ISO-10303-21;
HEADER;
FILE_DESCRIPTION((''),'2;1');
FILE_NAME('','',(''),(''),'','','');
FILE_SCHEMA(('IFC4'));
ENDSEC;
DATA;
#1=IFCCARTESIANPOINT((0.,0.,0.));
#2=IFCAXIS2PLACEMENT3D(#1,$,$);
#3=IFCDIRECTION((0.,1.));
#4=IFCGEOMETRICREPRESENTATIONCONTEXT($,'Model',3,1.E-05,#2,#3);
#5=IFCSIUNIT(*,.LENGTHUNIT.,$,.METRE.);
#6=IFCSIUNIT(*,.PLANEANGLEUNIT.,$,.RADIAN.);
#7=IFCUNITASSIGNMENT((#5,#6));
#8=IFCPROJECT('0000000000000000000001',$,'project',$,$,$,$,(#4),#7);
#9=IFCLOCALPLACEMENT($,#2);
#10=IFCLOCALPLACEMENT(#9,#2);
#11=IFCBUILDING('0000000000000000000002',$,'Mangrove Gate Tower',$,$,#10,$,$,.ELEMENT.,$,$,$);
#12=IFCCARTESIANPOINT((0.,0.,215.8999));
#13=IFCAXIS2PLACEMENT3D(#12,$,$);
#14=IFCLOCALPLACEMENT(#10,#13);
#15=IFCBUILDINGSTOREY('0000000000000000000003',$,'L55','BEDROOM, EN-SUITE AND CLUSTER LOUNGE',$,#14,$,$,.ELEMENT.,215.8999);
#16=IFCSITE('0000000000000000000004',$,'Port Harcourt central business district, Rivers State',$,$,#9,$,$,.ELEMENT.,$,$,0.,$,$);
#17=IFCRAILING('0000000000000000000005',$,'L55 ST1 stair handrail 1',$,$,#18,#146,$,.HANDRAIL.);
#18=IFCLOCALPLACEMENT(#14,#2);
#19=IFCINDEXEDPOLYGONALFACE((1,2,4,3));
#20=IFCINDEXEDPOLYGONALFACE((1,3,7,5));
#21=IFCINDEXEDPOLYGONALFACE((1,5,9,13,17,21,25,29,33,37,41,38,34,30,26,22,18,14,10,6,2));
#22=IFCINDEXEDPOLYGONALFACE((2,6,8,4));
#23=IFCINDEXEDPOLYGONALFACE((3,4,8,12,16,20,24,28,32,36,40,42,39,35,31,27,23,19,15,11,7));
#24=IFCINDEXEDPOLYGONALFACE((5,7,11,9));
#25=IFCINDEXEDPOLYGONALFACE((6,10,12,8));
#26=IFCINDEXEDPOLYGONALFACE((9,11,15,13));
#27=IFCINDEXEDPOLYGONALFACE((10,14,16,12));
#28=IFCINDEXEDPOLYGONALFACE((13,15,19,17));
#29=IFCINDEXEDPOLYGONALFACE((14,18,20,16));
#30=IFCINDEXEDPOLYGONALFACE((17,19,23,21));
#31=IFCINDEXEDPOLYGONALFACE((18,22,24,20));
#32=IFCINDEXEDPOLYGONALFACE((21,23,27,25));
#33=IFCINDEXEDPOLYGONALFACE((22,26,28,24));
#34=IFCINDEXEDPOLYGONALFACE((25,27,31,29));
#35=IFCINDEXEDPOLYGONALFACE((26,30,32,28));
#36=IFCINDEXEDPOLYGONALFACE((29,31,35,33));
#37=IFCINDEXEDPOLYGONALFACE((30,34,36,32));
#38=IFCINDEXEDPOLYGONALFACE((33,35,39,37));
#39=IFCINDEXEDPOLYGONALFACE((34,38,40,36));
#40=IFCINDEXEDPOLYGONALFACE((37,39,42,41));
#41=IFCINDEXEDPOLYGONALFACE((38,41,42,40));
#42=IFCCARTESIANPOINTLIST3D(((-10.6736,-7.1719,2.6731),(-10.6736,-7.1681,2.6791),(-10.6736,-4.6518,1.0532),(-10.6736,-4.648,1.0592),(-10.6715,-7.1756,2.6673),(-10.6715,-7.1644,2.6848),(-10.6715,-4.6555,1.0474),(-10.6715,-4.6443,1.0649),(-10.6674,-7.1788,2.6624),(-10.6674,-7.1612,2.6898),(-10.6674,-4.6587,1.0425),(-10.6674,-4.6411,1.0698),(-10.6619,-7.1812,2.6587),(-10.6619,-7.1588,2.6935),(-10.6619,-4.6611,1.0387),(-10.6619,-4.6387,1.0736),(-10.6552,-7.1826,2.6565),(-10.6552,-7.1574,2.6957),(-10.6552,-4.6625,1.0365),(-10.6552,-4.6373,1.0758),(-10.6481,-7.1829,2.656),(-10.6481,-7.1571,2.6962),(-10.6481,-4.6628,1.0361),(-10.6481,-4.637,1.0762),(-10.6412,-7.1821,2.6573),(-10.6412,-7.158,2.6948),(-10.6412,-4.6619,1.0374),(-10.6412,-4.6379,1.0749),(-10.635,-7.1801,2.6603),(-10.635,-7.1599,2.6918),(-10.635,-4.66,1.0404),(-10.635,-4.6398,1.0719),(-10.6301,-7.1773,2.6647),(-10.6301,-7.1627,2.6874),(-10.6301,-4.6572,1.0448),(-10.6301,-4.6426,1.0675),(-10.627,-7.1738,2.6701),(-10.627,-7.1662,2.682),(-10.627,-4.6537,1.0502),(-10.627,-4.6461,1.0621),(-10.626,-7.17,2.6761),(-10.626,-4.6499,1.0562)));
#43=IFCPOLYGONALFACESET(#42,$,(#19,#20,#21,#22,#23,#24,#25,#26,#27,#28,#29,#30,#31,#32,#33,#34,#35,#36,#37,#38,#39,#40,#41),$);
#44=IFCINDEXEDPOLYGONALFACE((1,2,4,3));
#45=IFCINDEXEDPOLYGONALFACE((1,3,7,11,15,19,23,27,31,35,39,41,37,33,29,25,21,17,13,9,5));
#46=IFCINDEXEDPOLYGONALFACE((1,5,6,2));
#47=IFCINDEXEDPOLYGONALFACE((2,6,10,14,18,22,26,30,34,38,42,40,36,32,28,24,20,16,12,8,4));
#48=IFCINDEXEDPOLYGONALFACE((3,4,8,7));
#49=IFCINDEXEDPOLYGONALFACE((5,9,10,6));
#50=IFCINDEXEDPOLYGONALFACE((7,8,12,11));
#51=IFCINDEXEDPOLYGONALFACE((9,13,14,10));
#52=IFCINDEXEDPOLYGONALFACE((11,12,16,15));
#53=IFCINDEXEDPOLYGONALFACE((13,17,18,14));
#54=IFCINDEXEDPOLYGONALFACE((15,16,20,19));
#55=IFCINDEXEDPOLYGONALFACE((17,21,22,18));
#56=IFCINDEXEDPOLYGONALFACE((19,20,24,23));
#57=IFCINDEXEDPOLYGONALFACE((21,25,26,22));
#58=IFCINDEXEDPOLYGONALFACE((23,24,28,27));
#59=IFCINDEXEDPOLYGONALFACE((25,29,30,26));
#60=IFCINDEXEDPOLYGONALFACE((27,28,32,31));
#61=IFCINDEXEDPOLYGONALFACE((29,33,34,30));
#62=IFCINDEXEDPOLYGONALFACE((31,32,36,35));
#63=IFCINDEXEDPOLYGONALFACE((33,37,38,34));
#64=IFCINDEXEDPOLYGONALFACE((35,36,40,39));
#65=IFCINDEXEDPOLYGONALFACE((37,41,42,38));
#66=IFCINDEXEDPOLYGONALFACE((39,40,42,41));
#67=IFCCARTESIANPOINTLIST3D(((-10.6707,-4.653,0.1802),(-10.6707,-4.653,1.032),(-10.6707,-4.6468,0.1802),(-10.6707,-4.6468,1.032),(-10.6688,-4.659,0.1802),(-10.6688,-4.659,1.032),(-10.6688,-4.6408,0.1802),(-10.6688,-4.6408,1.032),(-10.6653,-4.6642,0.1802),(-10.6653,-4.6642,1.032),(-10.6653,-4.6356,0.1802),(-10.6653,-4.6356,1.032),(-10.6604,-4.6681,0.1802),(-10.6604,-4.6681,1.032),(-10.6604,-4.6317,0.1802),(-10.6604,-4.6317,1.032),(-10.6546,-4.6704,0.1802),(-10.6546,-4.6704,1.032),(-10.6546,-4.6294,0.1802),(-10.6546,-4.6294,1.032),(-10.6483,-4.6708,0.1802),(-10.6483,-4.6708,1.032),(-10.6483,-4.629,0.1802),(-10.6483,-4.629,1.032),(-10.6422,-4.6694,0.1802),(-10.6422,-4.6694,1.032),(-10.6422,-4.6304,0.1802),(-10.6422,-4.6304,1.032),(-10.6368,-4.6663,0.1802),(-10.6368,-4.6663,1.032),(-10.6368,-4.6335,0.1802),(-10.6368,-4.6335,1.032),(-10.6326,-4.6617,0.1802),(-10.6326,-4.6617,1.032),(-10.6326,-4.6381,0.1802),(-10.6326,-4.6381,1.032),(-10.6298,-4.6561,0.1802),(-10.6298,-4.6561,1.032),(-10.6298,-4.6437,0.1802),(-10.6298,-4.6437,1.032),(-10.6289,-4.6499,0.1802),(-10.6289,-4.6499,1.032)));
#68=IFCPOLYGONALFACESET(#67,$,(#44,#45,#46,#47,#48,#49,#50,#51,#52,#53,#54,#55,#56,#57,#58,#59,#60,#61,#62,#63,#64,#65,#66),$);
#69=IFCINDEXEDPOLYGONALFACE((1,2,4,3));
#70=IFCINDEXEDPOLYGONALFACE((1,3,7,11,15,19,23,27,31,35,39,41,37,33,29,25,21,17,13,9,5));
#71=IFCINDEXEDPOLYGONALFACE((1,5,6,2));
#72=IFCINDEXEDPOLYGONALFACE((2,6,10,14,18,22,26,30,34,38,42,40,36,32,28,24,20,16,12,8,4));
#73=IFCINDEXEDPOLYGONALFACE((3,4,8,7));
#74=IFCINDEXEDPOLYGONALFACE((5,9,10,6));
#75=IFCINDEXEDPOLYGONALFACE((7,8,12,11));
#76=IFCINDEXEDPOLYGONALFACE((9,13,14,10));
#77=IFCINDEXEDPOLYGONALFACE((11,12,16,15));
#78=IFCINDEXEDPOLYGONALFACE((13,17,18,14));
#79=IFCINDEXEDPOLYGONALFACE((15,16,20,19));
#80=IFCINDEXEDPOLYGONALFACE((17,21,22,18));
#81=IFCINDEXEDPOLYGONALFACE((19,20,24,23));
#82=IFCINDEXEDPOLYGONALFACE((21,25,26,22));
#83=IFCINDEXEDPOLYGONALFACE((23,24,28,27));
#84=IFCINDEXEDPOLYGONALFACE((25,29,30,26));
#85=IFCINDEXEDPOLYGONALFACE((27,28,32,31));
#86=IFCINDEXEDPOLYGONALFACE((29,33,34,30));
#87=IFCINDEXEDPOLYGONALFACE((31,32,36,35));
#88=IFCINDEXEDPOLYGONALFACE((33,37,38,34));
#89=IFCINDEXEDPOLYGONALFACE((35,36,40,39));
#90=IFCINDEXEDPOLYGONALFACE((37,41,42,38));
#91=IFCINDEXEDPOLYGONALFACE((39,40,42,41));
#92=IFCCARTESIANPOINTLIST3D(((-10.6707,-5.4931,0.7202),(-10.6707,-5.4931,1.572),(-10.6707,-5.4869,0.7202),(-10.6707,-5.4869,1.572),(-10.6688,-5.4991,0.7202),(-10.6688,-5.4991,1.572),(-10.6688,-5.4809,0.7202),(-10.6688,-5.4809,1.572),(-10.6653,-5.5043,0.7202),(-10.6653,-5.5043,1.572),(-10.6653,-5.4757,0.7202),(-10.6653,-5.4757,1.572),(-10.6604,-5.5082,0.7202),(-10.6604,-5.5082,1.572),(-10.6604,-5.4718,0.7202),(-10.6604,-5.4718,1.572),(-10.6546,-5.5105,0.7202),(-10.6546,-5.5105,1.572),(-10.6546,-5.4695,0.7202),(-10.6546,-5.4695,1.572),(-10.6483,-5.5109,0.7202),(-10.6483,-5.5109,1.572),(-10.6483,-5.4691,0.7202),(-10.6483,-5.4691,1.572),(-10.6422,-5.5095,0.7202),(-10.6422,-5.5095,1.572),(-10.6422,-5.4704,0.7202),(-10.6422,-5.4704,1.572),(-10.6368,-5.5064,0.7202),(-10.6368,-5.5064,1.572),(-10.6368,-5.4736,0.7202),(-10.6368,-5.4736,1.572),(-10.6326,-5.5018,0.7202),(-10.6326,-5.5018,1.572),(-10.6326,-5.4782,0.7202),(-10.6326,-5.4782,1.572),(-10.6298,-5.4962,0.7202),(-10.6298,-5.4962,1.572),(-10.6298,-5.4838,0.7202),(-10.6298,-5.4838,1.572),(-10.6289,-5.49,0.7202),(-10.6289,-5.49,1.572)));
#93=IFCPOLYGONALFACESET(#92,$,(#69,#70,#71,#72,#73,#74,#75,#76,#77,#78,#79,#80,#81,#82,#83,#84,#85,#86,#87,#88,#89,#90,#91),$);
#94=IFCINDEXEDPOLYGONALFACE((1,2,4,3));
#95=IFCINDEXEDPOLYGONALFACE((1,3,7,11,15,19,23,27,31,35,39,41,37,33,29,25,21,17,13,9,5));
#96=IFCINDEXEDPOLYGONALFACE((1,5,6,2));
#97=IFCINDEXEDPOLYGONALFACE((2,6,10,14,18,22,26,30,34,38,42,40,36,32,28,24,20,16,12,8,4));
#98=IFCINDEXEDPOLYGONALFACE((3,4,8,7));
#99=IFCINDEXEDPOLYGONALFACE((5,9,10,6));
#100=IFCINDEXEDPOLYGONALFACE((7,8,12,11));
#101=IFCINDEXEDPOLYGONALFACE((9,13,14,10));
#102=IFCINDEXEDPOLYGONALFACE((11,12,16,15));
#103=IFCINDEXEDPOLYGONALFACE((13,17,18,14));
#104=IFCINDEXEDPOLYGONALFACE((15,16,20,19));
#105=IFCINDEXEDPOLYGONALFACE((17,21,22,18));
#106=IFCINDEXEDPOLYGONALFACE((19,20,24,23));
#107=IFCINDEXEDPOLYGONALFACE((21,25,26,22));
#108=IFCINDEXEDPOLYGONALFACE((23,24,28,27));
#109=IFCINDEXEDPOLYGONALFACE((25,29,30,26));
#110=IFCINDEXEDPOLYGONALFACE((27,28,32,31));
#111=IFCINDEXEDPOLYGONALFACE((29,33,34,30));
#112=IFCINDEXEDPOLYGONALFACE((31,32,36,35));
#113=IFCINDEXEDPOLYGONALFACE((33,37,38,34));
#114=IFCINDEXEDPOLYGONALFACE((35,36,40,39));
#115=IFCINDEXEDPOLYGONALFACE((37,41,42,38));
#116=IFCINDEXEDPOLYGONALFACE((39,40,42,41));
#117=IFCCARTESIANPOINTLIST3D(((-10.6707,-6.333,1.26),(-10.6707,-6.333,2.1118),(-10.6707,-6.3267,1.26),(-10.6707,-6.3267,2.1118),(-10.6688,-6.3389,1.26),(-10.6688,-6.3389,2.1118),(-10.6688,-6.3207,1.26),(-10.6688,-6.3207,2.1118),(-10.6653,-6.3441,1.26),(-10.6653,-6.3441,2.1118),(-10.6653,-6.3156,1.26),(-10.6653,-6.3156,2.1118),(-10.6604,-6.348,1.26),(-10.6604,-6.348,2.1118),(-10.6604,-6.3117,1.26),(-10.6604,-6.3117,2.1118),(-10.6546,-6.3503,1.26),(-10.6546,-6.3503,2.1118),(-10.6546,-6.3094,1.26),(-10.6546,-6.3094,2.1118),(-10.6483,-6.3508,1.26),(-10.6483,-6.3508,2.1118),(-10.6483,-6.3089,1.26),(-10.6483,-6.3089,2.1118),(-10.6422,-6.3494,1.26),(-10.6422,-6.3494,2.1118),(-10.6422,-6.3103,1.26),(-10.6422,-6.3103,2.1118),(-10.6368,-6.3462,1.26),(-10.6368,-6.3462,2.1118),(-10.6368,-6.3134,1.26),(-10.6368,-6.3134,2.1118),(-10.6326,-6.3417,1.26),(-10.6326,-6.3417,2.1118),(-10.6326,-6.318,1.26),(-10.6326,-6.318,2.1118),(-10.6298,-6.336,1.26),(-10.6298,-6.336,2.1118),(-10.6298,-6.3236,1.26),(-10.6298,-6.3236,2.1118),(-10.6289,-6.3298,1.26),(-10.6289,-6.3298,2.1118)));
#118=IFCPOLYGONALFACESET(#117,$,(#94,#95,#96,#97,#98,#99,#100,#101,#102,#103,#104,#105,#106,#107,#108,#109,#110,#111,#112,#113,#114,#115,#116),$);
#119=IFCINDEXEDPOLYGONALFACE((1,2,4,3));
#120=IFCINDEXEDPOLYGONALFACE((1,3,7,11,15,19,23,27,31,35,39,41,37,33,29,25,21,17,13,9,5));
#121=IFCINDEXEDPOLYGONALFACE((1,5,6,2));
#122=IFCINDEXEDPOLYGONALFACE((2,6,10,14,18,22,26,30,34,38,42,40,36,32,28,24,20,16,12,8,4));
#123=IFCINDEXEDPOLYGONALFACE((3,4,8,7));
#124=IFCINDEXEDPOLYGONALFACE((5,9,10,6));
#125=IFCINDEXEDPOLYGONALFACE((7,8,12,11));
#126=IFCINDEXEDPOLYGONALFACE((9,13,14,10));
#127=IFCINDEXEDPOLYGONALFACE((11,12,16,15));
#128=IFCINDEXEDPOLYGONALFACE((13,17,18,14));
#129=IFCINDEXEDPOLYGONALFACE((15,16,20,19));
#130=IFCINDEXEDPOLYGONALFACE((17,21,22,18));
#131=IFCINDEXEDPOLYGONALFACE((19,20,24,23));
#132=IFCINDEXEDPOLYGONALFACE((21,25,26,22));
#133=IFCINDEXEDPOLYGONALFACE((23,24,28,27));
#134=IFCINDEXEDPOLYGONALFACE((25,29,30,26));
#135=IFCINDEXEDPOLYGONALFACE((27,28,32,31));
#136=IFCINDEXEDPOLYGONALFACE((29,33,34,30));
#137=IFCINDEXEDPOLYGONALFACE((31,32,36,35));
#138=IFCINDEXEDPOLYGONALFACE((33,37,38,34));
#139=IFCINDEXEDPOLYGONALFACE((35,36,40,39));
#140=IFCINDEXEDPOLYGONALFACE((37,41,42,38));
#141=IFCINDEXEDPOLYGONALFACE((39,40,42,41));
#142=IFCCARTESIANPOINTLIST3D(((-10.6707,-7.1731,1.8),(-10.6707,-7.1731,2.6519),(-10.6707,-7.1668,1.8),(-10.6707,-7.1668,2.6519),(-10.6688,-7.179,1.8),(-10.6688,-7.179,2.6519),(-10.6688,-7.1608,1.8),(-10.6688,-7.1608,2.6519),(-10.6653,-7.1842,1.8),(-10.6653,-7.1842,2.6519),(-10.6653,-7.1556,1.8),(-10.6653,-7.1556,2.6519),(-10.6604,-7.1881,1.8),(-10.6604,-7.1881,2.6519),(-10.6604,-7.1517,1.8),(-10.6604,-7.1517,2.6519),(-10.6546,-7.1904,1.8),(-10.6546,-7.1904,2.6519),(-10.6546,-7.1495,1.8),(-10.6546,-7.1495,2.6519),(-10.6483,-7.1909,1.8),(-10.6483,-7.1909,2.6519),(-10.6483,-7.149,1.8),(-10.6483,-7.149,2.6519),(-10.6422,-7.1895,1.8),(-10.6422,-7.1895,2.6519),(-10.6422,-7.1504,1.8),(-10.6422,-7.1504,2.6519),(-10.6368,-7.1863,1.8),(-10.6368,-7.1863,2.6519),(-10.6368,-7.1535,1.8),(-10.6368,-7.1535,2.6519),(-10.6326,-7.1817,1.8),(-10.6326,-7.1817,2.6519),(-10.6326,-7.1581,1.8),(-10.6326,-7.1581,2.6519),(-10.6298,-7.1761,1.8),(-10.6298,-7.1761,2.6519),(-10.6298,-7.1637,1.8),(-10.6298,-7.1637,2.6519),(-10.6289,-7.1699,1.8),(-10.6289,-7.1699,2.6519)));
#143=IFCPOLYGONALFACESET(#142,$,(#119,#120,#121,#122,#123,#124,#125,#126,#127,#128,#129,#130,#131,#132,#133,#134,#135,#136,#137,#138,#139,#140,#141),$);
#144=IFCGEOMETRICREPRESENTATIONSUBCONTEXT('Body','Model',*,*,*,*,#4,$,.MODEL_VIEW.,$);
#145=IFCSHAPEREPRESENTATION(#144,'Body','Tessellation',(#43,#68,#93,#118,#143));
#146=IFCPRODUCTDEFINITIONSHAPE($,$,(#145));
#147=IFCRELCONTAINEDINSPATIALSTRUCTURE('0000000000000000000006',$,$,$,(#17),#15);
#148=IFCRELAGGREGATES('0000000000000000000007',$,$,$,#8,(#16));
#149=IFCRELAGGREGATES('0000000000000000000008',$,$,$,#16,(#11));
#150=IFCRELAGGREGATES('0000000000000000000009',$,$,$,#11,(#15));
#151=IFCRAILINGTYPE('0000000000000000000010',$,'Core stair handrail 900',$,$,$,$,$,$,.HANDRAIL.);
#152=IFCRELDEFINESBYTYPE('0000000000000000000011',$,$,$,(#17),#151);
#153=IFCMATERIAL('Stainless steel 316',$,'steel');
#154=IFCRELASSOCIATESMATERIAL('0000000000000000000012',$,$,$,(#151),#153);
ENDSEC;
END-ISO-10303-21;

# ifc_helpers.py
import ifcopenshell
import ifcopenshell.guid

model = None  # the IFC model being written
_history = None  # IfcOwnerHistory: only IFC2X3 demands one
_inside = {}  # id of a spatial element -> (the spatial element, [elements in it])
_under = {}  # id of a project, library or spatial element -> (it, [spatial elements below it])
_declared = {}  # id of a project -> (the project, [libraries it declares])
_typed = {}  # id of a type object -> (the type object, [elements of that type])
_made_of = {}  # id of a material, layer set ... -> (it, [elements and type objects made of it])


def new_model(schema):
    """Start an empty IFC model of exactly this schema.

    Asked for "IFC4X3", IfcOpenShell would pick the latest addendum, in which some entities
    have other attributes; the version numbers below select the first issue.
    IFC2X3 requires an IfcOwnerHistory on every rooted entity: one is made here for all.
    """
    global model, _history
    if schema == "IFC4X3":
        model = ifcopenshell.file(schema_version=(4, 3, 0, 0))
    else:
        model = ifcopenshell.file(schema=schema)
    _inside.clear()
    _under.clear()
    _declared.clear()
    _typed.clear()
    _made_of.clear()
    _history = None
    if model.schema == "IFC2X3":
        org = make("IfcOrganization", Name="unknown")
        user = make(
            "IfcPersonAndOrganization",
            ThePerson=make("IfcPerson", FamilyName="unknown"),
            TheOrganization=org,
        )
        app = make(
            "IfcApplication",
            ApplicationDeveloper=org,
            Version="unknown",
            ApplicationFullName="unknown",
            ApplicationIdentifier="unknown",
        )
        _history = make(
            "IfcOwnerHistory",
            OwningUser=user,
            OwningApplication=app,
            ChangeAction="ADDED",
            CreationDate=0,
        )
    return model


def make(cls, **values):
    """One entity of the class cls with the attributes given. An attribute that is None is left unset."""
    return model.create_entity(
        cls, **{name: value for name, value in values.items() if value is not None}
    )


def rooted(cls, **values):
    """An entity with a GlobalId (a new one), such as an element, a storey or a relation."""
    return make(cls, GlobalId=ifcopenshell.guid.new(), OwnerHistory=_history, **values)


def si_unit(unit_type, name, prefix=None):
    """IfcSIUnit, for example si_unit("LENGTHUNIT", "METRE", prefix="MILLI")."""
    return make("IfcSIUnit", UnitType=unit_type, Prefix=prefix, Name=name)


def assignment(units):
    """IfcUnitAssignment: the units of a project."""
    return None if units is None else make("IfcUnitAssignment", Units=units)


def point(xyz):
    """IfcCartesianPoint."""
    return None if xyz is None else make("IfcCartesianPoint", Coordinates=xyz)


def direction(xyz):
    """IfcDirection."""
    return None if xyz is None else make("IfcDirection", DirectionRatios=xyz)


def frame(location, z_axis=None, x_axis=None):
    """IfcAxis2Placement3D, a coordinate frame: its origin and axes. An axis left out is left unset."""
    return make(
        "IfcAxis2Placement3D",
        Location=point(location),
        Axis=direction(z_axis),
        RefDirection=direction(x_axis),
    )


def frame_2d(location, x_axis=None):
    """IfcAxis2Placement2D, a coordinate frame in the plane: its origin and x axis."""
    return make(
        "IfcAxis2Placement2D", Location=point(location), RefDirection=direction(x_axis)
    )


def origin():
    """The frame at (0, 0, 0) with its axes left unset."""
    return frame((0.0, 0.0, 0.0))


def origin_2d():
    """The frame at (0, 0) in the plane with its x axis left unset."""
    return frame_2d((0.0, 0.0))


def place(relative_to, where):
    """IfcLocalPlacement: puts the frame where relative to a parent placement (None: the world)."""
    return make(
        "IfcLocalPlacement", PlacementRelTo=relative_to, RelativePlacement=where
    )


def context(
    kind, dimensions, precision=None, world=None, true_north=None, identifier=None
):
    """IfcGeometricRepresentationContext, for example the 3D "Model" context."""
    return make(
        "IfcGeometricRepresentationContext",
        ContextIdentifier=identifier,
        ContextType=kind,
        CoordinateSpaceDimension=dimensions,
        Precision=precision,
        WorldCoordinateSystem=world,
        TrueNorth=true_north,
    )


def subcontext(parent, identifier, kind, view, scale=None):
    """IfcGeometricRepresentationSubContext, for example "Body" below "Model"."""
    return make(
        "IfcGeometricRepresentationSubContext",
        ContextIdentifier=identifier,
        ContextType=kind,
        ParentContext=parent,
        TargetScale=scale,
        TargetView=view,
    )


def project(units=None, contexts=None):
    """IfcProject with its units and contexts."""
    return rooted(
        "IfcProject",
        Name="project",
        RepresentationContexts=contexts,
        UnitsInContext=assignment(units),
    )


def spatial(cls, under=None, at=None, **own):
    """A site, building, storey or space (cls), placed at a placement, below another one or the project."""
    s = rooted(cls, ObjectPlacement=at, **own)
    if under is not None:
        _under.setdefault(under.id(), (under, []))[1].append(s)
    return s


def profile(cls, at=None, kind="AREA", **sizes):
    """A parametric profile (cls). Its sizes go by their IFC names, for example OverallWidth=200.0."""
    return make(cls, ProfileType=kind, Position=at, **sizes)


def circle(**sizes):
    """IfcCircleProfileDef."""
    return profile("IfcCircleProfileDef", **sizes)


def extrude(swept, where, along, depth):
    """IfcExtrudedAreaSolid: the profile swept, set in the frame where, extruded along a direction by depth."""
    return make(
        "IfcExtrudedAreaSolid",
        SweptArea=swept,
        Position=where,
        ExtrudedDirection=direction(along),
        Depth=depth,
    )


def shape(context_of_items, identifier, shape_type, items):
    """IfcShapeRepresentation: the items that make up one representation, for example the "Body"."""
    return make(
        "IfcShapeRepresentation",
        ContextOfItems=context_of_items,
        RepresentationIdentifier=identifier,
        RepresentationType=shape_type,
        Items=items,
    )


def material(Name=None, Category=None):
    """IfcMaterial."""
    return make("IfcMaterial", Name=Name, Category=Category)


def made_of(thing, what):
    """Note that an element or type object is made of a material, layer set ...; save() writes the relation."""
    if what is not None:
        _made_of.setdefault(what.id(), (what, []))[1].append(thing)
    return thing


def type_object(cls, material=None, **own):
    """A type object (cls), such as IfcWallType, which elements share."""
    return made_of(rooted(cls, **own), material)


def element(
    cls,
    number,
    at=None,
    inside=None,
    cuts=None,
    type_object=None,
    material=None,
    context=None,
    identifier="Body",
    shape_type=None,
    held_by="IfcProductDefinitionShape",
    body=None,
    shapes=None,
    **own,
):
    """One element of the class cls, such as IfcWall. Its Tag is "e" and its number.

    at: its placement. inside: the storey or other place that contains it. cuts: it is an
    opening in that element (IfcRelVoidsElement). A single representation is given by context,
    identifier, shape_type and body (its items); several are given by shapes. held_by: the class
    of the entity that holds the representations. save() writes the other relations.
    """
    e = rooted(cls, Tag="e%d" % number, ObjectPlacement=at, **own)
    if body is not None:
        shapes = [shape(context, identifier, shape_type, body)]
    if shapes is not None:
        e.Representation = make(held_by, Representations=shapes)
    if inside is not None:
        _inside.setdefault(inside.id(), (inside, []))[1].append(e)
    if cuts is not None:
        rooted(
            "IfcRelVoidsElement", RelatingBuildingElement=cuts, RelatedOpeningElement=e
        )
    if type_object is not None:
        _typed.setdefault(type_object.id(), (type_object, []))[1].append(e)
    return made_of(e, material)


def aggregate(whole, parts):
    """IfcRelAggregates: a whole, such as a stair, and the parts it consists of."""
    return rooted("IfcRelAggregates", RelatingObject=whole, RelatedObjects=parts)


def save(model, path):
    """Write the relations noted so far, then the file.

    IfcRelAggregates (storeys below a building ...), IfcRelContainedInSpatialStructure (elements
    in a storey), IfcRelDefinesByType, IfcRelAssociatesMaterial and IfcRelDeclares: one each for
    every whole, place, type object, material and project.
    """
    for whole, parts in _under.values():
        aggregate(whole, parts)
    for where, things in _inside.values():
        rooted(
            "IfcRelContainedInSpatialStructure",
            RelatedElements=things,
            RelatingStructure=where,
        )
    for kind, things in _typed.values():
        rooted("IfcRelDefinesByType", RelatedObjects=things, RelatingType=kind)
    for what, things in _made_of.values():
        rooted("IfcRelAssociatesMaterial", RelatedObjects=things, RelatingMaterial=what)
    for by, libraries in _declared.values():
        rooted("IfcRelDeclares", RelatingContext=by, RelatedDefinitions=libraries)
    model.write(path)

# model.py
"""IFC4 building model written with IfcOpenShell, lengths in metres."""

from ifc_helpers import new_model, si_unit, direction, frame, origin, origin_2d, place, context, subcontext, project, spatial, circle, extrude, material, type_object, element, save


model = new_model("IFC4")

# Units and contexts
model_context = context("Model", 3, precision=1e-05, world=origin(), true_north=direction((0.0, 1.0)))
body_context = subcontext(model_context, "Body", "Model", "MODEL_VIEW")
ifc_project = project(units=[si_unit("LENGTHUNIT", "METRE"), si_unit("PLANEANGLEUNIT", "RADIAN")], contexts=[model_context])

# Site, building, storey
site_placement = place(None, origin())
site = spatial("IfcSite", under=ifc_project, at=site_placement, Name="Port Harcourt central business district, Rivers State", CompositionType="ELEMENT", RefElevation=0.0)
building_placement = place(site_placement, origin())
building = spatial("IfcBuilding", under=site, at=building_placement, Name="Mangrove Gate Tower", CompositionType="ELEMENT")
storey_placement = place(building_placement, frame((0.0, 0.0, 215.8999)))
storey = spatial("IfcBuildingStorey", under=building, at=storey_placement, Name="L55", Description="BEDROOM, EN-SUITE AND CLUSTER LOUNGE", CompositionType="ELEMENT", Elevation=215.8999)

# Railing
ifc_material_1 = material(Name="Stainless steel 316", Category="steel")
railing_type_1 = type_object("IfcRailingType", Name="Core stair handrail 900", PredefinedType="HANDRAIL", material=ifc_material_1)
railing_1_placement = place(storey_placement, frame((-10.6499, -4.6499, 0.1802)))
element("IfcRailing", 1, at=railing_1_placement, inside=storey, type_object=railing_type_1, Name="L55 ST1 stair handrail 1", PredefinedType="HANDRAIL", context=body_context, shape_type="SweptSolid", body=[
    extrude(circle(Radius=0.0239, at=origin_2d()), frame((0.0, 0.0, 0.876), z_axis=(0.0, -0.8412, 0.540725), x_axis=(1.0, 0.0, 0.0)), (0.0, 0.0, 1.0), 2.9958),
    extrude(circle(Radius=0.021, at=origin_2d()), origin(), (0.0, 0.0, 1.0), 0.8518),
    extrude(circle(Radius=0.021, at=origin_2d()), frame((0.0, -0.8401, 0.54)), (0.0, 0.0, 1.0), 0.8518),
    extrude(circle(Radius=0.021, at=origin_2d()), frame((0.0, -1.6799, 1.0798)), (0.0, 0.0, 1.0), 0.8518),
    extrude(circle(Radius=0.021, at=origin_2d()), frame((0.0, -2.52, 1.6199)), (0.0, 0.0, 1.0), 0.8518),
])

save(model, "model.ifc")
